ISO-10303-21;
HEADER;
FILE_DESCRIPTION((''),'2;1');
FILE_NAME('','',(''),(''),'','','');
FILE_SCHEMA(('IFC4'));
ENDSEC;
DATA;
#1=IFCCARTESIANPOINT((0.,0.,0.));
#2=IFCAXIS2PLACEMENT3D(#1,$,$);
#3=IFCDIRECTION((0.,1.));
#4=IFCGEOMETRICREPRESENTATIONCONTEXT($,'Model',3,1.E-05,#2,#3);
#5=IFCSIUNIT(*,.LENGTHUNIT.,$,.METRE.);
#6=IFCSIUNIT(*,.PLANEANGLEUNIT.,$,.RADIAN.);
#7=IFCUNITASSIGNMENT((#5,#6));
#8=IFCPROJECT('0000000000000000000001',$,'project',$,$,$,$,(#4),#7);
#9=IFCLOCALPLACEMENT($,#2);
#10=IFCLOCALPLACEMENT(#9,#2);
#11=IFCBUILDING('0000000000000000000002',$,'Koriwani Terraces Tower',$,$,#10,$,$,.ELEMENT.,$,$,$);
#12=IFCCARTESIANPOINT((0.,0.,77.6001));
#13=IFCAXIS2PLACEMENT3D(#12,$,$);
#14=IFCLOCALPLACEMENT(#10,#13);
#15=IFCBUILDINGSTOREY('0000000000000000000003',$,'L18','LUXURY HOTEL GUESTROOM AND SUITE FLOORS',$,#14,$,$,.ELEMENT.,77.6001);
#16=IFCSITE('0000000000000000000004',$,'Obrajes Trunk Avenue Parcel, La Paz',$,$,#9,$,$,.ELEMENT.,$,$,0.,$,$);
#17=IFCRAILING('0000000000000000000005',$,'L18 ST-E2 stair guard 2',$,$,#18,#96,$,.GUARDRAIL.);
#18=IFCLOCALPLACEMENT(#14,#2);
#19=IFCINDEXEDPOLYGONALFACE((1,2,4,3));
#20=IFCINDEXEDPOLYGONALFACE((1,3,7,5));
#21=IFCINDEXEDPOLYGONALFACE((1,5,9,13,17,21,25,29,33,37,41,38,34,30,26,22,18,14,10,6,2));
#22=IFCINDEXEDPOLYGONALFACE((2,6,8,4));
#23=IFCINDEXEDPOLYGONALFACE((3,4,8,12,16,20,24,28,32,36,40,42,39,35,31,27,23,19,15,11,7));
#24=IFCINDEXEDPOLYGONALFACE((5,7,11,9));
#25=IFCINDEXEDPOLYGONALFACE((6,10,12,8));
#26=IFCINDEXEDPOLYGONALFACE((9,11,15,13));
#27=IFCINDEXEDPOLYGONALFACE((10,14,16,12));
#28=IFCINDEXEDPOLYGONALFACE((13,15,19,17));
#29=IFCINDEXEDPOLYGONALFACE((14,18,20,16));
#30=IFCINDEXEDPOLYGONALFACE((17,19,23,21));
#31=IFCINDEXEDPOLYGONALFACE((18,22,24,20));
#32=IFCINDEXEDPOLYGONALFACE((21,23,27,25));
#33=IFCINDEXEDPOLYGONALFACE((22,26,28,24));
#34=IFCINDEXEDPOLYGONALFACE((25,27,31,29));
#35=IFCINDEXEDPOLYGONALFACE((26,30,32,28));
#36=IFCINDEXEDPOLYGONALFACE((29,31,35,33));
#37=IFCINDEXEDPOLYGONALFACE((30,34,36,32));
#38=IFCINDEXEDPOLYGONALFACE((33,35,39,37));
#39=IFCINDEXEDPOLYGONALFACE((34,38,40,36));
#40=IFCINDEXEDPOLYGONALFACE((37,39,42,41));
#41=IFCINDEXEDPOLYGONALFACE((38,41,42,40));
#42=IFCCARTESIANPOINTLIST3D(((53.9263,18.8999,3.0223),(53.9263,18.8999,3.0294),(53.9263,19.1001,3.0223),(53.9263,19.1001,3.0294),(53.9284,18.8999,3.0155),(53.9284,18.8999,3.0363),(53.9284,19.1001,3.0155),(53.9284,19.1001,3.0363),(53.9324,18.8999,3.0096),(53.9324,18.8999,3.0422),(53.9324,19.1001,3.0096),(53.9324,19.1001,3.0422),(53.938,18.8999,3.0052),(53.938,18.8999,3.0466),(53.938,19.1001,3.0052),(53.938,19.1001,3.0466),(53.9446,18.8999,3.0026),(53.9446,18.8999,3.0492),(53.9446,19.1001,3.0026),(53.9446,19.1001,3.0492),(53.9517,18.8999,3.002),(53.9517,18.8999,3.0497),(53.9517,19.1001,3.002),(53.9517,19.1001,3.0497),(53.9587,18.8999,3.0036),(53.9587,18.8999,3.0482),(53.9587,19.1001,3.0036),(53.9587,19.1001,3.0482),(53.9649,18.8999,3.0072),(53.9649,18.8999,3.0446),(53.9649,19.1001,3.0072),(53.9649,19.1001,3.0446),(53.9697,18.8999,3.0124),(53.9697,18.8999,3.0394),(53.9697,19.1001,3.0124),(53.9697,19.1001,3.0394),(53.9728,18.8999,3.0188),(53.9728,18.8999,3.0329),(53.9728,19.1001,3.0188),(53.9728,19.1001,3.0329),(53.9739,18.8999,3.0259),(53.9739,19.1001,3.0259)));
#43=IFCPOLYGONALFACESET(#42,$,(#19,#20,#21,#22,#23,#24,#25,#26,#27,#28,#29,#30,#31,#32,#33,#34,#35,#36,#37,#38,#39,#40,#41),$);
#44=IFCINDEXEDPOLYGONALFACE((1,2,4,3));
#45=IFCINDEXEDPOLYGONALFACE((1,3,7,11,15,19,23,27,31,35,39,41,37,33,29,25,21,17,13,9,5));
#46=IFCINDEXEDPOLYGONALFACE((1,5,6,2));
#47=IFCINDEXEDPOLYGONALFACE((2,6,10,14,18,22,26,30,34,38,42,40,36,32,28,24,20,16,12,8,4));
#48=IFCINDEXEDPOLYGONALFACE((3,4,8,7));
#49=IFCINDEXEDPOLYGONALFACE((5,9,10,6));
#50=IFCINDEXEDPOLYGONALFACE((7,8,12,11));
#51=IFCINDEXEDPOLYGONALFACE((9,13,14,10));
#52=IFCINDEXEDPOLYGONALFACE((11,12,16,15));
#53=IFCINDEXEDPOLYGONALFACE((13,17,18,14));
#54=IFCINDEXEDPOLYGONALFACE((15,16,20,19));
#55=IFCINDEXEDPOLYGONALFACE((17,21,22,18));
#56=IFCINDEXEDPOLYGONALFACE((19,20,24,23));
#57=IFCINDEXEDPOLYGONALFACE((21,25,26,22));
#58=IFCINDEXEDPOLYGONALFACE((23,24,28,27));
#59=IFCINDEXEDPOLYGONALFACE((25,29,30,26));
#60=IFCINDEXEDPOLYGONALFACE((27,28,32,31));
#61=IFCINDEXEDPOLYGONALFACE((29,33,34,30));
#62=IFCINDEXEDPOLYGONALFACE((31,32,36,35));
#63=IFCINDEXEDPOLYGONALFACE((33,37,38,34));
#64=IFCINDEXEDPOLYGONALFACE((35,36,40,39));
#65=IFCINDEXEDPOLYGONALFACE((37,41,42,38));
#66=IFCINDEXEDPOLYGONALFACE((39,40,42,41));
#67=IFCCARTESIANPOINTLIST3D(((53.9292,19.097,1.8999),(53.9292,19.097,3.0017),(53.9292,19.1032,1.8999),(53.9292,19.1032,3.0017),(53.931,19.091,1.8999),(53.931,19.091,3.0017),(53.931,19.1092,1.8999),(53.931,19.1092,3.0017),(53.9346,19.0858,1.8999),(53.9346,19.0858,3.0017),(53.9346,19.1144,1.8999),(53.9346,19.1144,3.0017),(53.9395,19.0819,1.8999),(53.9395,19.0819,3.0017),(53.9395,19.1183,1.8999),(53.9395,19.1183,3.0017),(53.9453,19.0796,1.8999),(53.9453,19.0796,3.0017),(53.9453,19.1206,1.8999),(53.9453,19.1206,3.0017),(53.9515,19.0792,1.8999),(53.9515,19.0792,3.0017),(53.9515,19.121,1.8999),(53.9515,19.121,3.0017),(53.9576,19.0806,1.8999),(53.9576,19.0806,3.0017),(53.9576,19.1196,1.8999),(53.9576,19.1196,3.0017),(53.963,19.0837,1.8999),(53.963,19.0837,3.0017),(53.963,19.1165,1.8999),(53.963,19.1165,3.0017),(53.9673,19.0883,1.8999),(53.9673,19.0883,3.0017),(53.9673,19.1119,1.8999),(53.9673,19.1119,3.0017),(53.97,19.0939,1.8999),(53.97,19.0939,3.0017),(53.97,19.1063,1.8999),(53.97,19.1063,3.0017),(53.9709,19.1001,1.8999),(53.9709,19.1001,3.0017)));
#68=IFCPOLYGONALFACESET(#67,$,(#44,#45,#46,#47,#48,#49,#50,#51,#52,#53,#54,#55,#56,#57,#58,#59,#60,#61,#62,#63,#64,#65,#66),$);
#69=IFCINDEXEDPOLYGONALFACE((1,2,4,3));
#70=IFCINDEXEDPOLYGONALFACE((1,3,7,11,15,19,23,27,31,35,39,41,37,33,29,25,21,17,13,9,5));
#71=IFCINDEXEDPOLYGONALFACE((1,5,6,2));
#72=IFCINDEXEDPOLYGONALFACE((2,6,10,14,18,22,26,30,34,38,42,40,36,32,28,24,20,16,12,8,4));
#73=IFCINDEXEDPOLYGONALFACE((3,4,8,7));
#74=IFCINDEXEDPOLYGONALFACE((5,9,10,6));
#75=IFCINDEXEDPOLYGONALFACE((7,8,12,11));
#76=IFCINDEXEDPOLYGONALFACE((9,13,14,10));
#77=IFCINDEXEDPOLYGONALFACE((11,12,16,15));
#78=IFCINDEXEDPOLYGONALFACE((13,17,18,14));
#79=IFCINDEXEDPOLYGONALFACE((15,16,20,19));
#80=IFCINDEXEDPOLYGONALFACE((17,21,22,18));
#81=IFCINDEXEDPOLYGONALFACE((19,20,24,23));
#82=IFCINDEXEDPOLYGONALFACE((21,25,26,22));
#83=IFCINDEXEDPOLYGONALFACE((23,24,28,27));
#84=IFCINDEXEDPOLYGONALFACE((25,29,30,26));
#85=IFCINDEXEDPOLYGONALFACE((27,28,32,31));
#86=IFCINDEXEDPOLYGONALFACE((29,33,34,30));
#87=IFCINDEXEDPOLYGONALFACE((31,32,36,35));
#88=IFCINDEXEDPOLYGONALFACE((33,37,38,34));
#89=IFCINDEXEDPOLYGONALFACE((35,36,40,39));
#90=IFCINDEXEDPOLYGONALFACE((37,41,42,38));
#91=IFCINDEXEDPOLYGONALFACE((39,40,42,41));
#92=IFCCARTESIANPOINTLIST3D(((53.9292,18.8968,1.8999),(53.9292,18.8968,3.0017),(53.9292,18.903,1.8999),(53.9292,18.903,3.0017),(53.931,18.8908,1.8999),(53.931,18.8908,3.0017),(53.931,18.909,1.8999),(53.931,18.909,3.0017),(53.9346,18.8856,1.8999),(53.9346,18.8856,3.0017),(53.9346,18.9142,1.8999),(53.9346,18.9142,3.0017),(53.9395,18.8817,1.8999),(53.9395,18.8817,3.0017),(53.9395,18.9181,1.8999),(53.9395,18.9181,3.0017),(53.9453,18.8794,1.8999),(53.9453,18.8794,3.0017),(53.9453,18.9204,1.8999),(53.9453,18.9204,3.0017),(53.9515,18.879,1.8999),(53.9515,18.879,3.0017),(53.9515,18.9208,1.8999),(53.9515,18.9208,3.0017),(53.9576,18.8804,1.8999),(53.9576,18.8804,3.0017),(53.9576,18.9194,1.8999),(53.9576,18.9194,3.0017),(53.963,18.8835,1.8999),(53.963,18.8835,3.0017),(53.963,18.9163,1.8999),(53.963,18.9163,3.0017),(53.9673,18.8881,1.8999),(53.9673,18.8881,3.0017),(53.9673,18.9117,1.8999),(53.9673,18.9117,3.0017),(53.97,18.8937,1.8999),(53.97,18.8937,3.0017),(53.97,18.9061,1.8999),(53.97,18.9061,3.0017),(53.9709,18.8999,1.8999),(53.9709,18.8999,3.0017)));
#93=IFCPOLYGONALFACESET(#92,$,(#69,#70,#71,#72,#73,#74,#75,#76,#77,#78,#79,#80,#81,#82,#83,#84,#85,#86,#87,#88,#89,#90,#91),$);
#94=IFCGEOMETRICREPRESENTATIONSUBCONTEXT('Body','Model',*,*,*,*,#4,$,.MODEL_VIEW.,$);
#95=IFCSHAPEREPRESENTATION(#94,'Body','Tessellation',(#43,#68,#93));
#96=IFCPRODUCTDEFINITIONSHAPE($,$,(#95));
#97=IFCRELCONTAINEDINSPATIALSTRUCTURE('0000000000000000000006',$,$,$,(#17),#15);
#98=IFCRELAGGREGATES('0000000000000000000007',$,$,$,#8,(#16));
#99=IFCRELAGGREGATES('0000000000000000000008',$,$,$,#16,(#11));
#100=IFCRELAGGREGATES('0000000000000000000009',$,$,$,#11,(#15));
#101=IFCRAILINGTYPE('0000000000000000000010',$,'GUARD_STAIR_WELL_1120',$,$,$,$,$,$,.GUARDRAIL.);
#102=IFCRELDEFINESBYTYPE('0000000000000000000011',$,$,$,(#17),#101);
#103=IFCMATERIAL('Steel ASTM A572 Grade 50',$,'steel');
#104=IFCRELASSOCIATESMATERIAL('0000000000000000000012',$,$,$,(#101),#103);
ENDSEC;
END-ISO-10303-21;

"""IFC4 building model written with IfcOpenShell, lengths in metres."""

from ifc_helpers import new_model, si_unit, direction, frame, origin, origin_2d, place, context, subcontext, project, spatial, circle, extrude, material, type_object, element, save


model = new_model("IFC4")

# Units and contexts
model_context = context("Model", 3, precision=1e-05, world=origin(), true_north=direction((0.0, 1.0)))
body_context = subcontext(model_context, "Body", "Model", "MODEL_VIEW")
ifc_project = project(units=[si_unit("LENGTHUNIT", "METRE"), si_unit("PLANEANGLEUNIT", "RADIAN")], contexts=[model_context])

# Site, building, storey
site_placement = place(None, origin())
site = spatial("IfcSite", under=ifc_project, at=site_placement, Name="Obrajes Trunk Avenue Parcel, La Paz", CompositionType="ELEMENT", RefElevation=0.0)
building_placement = place(site_placement, origin())
building = spatial("IfcBuilding", under=site, at=building_placement, Name="Koriwani Terraces Tower", CompositionType="ELEMENT")
storey_placement = place(building_placement, frame((0.0, 0.0, 77.6001)))
storey = spatial("IfcBuildingStorey", under=building, at=storey_placement, Name="L18", Description="LUXURY HOTEL GUESTROOM AND SUITE FLOORS", CompositionType="ELEMENT", Elevation=77.6001)

# Shared definitions
ifc_material_1 = material(Name="Steel ASTM A572 Grade 50", Category="steel")

# Railing
railing_type_1 = type_object("IfcRailingType", Name="GUARD_STAIR_WELL_1120", PredefinedType="GUARDRAIL", material=ifc_material_1)
railing_1_placement = place(storey_placement, frame((53.95, 19.1001, 1.8999)))
element("IfcRailing", 1, at=railing_1_placement, inside=storey, type_object=railing_type_1, Name="L18 ST-E2 stair guard 2", PredefinedType="GUARDRAIL", context=body_context, shape_type="SweptSolid", body=[
    extrude(circle(Radius=0.0239, at=origin_2d()), frame((0.0, 0.0, 1.126), z_axis=(0.0, -1.0, 0.0), x_axis=(1.0, 0.0, 0.0)), (0.0, 0.0, 1.0), 0.2002),
    extrude(circle(Radius=0.021, at=origin_2d()), origin(), (0.0, 0.0, 1.0), 1.1018),
    extrude(circle(Radius=0.021, at=origin_2d()), frame((0.0, -0.2002, 0.0)), (0.0, 0.0, 1.0), 1.1018),
])

save(model, "model.ifc")
